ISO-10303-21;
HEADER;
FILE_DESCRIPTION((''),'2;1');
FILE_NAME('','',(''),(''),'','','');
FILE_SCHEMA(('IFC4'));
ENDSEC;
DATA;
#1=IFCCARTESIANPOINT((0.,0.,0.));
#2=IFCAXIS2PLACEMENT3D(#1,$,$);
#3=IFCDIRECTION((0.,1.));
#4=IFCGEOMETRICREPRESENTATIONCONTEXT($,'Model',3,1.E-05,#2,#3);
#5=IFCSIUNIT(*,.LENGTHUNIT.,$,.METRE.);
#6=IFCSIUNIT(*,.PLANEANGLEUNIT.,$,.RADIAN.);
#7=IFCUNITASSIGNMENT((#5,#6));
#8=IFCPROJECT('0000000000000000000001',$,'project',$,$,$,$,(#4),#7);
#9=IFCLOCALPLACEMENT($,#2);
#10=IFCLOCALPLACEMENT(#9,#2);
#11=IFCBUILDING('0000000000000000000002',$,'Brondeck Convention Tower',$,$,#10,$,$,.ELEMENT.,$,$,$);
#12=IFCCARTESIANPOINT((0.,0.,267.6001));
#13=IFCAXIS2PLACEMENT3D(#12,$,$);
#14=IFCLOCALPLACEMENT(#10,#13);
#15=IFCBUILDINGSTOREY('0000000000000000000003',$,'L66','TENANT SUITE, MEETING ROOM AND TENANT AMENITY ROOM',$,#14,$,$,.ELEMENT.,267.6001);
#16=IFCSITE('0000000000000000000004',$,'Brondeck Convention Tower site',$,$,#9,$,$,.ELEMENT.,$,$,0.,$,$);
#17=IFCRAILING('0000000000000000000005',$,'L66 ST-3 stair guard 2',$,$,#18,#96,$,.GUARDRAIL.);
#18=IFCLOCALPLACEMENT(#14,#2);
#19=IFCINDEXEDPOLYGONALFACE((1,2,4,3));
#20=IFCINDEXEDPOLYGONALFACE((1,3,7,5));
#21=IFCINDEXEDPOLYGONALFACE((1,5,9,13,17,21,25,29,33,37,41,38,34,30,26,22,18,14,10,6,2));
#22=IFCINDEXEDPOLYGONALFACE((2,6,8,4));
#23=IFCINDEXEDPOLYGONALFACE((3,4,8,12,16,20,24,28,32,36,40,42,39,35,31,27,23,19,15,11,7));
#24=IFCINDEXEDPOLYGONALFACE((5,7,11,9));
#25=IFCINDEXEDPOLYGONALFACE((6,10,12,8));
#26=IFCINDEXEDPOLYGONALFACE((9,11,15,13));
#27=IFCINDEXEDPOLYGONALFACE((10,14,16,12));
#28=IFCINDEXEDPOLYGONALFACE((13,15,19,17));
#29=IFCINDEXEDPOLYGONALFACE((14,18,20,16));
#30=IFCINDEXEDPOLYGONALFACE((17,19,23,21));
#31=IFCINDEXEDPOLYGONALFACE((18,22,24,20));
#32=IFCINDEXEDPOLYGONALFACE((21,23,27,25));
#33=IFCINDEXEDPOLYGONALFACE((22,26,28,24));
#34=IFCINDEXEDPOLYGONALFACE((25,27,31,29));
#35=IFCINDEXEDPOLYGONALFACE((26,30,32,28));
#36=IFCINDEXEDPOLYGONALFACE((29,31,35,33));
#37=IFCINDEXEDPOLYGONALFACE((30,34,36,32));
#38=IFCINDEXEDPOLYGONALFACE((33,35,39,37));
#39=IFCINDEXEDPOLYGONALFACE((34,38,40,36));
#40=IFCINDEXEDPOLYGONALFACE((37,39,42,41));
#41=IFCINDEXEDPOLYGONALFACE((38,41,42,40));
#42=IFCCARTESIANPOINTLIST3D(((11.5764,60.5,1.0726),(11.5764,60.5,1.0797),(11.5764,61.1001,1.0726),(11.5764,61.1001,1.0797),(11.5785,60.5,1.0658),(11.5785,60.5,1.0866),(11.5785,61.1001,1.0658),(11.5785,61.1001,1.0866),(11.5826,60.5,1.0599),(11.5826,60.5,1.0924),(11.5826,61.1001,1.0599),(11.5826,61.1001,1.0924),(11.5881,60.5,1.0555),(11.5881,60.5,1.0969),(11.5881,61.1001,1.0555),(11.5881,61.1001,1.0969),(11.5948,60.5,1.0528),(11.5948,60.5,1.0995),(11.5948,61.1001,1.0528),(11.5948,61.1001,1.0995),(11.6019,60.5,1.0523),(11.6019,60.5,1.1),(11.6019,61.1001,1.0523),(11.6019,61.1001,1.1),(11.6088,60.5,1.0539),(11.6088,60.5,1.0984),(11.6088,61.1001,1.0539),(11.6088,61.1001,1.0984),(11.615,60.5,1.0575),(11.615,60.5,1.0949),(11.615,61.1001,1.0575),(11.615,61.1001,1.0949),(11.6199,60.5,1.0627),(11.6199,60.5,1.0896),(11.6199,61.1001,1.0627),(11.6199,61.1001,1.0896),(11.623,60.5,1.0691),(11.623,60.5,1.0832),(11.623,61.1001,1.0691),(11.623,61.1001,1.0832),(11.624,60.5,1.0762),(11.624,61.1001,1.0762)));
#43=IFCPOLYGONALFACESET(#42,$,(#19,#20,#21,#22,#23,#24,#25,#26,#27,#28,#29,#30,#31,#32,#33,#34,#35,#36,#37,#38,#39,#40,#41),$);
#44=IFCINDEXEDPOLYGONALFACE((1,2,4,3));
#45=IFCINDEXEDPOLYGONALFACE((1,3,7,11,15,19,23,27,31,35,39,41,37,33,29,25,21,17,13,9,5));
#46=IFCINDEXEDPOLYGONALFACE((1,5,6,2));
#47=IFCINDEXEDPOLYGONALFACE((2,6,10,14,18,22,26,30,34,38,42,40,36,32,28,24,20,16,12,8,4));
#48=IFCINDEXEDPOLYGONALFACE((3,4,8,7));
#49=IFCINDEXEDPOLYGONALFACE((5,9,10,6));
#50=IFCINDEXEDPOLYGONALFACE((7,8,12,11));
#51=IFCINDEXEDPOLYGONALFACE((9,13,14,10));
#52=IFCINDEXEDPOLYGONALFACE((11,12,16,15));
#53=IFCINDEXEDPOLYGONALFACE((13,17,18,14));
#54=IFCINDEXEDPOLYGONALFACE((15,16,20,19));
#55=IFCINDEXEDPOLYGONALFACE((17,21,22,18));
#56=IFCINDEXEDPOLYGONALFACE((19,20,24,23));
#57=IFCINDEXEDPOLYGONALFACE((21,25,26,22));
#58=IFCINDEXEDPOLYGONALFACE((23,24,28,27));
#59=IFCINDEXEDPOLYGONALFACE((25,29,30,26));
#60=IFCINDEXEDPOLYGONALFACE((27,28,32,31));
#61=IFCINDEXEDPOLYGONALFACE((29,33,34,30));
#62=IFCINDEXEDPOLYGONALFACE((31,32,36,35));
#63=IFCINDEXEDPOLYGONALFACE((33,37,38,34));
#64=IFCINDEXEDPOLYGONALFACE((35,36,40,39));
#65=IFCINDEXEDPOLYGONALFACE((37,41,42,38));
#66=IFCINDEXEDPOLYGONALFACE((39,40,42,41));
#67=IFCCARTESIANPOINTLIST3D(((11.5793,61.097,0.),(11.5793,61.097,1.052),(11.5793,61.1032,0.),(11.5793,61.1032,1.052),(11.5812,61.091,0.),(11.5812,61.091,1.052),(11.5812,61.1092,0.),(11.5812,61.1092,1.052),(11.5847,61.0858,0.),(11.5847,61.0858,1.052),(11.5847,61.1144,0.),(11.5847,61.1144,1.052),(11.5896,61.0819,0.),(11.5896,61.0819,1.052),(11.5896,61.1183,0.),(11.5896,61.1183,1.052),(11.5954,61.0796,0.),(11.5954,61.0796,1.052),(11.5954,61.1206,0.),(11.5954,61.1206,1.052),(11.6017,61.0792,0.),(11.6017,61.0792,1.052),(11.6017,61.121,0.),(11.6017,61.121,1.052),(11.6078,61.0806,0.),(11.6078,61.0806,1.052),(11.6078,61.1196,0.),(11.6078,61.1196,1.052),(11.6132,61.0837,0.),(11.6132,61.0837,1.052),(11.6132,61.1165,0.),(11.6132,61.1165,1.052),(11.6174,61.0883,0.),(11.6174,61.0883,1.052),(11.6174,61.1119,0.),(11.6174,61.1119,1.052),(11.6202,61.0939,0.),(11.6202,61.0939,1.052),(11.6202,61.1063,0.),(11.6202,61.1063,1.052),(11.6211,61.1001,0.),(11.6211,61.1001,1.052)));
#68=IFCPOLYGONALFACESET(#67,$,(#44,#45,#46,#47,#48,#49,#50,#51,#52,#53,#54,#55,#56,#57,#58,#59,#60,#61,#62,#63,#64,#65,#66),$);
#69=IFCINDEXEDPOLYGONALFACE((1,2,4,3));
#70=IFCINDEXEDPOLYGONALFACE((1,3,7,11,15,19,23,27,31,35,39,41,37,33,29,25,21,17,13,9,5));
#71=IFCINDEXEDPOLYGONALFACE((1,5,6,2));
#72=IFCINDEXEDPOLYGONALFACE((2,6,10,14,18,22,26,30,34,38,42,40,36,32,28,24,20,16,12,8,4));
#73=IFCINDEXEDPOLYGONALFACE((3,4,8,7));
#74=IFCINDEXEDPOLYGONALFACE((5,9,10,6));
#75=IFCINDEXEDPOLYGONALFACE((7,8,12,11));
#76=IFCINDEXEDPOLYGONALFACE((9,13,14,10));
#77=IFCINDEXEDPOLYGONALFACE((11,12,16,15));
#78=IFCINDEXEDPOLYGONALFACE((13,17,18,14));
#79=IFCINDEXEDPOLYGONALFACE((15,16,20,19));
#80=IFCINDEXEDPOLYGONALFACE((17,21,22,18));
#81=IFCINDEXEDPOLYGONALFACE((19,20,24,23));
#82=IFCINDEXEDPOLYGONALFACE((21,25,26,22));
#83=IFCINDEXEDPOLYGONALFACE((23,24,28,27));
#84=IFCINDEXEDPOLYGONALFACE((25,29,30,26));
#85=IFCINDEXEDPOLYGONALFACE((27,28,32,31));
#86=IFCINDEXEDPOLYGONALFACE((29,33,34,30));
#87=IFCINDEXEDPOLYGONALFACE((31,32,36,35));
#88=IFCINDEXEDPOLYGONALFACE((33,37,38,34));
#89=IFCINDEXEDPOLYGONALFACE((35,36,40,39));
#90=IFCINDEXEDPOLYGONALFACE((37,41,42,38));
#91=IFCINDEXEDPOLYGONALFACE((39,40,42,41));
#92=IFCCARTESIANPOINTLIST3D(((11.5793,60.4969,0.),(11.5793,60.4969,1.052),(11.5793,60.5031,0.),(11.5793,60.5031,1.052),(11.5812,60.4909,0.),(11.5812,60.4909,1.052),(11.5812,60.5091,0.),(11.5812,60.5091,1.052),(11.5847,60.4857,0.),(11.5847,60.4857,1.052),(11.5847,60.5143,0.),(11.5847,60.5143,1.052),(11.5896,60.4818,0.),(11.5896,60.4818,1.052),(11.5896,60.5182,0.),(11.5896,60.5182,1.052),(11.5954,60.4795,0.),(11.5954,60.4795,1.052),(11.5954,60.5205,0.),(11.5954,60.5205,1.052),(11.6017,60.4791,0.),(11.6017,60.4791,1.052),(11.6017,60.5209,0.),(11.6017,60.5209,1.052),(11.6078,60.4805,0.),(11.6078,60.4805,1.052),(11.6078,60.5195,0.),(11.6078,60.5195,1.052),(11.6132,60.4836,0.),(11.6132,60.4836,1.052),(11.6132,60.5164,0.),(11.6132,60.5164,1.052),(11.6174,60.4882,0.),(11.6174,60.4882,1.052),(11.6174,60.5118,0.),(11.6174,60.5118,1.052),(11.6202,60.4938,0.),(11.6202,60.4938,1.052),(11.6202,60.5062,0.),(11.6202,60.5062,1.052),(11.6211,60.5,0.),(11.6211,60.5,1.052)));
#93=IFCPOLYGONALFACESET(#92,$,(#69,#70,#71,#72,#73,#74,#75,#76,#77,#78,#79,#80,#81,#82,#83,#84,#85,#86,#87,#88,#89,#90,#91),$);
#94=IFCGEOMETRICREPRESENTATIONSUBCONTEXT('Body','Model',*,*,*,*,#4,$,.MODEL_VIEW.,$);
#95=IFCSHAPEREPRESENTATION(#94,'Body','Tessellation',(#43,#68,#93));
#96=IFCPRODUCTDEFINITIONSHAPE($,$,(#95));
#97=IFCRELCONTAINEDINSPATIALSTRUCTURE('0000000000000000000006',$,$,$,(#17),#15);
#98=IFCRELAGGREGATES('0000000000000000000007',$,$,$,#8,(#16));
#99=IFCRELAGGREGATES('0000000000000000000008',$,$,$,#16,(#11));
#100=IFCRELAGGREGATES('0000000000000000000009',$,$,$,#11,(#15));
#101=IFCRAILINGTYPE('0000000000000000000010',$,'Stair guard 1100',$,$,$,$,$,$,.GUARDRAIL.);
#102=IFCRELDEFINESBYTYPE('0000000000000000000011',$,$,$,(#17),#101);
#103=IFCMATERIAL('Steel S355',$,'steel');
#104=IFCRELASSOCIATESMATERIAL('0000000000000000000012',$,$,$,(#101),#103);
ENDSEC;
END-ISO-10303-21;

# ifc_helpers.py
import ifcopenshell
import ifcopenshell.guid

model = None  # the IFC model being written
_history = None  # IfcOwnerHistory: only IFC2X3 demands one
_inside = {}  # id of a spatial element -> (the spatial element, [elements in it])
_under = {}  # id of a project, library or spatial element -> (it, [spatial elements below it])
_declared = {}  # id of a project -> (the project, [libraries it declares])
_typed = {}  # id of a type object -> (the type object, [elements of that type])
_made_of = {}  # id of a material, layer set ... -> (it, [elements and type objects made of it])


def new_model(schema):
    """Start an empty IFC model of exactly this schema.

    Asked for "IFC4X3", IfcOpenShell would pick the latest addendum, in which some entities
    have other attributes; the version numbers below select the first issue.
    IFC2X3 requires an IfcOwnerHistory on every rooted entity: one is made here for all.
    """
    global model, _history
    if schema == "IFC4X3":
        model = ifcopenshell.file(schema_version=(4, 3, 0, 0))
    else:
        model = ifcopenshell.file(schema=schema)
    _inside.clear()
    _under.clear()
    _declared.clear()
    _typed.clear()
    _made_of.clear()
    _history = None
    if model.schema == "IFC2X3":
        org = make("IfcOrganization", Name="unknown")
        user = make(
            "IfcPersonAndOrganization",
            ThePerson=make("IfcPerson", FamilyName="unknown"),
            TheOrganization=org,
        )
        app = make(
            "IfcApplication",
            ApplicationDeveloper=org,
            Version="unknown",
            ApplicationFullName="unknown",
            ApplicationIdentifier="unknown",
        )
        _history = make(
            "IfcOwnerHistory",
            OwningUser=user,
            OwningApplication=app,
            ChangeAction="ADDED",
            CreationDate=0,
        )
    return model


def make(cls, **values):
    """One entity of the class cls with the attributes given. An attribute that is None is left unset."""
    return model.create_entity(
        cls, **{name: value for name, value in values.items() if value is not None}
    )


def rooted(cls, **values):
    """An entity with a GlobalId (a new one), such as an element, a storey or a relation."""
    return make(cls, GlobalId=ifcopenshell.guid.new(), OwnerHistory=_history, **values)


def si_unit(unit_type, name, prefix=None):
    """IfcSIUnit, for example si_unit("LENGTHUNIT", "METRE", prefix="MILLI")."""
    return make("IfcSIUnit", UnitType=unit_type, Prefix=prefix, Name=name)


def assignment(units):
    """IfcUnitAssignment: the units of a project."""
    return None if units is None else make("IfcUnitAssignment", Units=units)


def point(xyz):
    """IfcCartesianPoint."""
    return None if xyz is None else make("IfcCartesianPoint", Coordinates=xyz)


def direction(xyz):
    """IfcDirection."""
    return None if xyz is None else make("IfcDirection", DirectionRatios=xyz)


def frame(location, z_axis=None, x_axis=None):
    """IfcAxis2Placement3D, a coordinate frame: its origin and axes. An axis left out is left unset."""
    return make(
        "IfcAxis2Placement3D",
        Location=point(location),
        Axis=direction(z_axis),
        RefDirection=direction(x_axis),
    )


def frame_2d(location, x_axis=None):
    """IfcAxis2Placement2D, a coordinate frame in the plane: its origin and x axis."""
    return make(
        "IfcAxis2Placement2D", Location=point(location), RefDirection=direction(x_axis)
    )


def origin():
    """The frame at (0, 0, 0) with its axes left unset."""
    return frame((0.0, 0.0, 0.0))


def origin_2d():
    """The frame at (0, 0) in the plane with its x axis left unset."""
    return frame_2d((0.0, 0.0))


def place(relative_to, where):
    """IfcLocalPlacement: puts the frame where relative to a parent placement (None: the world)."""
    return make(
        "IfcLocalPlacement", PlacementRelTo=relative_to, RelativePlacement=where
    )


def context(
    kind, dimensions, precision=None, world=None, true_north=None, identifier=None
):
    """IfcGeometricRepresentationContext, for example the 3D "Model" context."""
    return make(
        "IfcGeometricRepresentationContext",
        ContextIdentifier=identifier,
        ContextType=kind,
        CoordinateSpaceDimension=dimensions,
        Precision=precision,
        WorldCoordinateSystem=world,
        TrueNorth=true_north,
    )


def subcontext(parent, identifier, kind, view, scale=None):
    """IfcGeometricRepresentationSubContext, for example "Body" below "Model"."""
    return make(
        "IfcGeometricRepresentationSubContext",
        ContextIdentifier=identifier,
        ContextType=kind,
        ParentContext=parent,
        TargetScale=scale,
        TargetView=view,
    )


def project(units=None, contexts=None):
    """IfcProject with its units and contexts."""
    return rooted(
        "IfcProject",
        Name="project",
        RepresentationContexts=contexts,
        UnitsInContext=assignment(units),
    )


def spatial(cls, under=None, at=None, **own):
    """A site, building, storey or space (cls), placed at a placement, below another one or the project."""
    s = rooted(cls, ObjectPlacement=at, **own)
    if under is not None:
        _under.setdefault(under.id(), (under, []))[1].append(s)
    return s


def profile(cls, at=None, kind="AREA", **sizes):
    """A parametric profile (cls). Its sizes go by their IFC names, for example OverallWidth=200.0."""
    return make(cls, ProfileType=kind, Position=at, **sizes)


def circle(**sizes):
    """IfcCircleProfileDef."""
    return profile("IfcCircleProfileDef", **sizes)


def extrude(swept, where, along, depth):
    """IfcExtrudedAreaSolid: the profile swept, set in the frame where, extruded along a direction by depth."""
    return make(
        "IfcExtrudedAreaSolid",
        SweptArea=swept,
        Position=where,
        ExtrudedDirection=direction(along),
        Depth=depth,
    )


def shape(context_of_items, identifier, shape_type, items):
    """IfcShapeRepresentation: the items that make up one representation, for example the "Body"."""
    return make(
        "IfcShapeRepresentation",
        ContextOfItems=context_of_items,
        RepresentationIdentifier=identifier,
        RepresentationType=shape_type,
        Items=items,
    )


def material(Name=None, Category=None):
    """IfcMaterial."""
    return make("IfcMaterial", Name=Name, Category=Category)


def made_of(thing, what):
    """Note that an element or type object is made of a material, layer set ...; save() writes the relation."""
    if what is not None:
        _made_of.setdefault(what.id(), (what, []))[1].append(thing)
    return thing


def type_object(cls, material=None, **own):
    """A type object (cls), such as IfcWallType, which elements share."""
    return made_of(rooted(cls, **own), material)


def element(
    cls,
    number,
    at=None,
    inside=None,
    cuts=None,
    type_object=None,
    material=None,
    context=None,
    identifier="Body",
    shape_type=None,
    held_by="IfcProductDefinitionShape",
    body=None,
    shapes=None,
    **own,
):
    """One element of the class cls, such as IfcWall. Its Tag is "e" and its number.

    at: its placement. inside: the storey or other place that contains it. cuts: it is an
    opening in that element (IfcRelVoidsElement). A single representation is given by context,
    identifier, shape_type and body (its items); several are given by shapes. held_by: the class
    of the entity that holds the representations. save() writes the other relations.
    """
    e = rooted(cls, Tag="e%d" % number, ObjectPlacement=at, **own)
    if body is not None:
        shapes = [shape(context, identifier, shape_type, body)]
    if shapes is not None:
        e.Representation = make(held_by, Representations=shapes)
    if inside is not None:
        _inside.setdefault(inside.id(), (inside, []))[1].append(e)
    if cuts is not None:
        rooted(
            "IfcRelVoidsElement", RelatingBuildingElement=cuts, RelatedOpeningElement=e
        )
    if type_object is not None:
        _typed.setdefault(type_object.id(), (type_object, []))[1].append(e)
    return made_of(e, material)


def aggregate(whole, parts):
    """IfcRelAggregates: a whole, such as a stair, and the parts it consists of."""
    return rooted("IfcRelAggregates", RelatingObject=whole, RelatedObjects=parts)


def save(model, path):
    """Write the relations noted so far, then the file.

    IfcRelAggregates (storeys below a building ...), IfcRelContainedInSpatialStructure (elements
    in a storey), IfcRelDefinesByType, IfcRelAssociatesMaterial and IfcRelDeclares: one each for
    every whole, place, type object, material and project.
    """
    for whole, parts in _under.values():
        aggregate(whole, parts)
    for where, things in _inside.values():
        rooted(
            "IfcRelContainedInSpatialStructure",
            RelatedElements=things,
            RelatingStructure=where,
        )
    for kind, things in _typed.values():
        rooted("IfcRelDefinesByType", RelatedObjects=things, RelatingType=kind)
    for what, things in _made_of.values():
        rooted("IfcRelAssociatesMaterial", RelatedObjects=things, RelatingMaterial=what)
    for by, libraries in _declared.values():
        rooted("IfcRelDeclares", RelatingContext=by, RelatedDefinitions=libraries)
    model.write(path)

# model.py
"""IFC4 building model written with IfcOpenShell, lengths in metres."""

from ifc_helpers import new_model, si_unit, direction, frame, origin, origin_2d, place, context, subcontext, project, spatial, circle, extrude, material, type_object, element, save


model = new_model("IFC4")

# Units and contexts
model_context = context("Model", 3, precision=1e-05, world=origin(), true_north=direction((0.0, 1.0)))
body_context = subcontext(model_context, "Body", "Model", "MODEL_VIEW")
ifc_project = project(units=[si_unit("LENGTHUNIT", "METRE"), si_unit("PLANEANGLEUNIT", "RADIAN")], contexts=[model_context])

# Site, building, storey
site_placement = place(None, origin())
site = spatial("IfcSite", under=ifc_project, at=site_placement, Name="Brondeck Convention Tower site", CompositionType="ELEMENT", RefElevation=0.0)
building_placement = place(site_placement, origin())
building = spatial("IfcBuilding", under=site, at=building_placement, Name="Brondeck Convention Tower", CompositionType="ELEMENT")
storey_placement = place(building_placement, frame((0.0, 0.0, 267.6001)))
storey = spatial("IfcBuildingStorey", under=building, at=storey_placement, Name="L66", Description="TENANT SUITE, MEETING ROOM AND TENANT AMENITY ROOM", CompositionType="ELEMENT", Elevation=267.6001)

# Railing
ifc_material_1 = material(Name="Steel S355", Category="steel")
railing_type_1 = type_object("IfcRailingType", Name="Stair guard 1100", PredefinedType="GUARDRAIL", material=ifc_material_1)
railing_1_placement = place(storey_placement, frame((11.6001, 61.1001, 0.0)))
element("IfcRailing", 1, at=railing_1_placement, inside=storey, type_object=railing_type_1, Name="L66 ST-3 stair guard 2", PredefinedType="GUARDRAIL", context=body_context, shape_type="SweptSolid", body=[
    extrude(circle(Radius=0.0239, at=origin_2d()), frame((0.0, 0.0, 1.0762), z_axis=(0.0, -1.0, 0.0), x_axis=(1.0, 0.0, 0.0)), (0.0, 0.0, 1.0), 0.6001),
    extrude(circle(Radius=0.021, at=origin_2d()), origin(), (0.0, 0.0, 1.0), 1.052),
    extrude(circle(Radius=0.021, at=origin_2d()), frame((0.0, -0.6001, 0.0)), (0.0, 0.0, 1.0), 1.052),
])

save(model, "model.ifc")
